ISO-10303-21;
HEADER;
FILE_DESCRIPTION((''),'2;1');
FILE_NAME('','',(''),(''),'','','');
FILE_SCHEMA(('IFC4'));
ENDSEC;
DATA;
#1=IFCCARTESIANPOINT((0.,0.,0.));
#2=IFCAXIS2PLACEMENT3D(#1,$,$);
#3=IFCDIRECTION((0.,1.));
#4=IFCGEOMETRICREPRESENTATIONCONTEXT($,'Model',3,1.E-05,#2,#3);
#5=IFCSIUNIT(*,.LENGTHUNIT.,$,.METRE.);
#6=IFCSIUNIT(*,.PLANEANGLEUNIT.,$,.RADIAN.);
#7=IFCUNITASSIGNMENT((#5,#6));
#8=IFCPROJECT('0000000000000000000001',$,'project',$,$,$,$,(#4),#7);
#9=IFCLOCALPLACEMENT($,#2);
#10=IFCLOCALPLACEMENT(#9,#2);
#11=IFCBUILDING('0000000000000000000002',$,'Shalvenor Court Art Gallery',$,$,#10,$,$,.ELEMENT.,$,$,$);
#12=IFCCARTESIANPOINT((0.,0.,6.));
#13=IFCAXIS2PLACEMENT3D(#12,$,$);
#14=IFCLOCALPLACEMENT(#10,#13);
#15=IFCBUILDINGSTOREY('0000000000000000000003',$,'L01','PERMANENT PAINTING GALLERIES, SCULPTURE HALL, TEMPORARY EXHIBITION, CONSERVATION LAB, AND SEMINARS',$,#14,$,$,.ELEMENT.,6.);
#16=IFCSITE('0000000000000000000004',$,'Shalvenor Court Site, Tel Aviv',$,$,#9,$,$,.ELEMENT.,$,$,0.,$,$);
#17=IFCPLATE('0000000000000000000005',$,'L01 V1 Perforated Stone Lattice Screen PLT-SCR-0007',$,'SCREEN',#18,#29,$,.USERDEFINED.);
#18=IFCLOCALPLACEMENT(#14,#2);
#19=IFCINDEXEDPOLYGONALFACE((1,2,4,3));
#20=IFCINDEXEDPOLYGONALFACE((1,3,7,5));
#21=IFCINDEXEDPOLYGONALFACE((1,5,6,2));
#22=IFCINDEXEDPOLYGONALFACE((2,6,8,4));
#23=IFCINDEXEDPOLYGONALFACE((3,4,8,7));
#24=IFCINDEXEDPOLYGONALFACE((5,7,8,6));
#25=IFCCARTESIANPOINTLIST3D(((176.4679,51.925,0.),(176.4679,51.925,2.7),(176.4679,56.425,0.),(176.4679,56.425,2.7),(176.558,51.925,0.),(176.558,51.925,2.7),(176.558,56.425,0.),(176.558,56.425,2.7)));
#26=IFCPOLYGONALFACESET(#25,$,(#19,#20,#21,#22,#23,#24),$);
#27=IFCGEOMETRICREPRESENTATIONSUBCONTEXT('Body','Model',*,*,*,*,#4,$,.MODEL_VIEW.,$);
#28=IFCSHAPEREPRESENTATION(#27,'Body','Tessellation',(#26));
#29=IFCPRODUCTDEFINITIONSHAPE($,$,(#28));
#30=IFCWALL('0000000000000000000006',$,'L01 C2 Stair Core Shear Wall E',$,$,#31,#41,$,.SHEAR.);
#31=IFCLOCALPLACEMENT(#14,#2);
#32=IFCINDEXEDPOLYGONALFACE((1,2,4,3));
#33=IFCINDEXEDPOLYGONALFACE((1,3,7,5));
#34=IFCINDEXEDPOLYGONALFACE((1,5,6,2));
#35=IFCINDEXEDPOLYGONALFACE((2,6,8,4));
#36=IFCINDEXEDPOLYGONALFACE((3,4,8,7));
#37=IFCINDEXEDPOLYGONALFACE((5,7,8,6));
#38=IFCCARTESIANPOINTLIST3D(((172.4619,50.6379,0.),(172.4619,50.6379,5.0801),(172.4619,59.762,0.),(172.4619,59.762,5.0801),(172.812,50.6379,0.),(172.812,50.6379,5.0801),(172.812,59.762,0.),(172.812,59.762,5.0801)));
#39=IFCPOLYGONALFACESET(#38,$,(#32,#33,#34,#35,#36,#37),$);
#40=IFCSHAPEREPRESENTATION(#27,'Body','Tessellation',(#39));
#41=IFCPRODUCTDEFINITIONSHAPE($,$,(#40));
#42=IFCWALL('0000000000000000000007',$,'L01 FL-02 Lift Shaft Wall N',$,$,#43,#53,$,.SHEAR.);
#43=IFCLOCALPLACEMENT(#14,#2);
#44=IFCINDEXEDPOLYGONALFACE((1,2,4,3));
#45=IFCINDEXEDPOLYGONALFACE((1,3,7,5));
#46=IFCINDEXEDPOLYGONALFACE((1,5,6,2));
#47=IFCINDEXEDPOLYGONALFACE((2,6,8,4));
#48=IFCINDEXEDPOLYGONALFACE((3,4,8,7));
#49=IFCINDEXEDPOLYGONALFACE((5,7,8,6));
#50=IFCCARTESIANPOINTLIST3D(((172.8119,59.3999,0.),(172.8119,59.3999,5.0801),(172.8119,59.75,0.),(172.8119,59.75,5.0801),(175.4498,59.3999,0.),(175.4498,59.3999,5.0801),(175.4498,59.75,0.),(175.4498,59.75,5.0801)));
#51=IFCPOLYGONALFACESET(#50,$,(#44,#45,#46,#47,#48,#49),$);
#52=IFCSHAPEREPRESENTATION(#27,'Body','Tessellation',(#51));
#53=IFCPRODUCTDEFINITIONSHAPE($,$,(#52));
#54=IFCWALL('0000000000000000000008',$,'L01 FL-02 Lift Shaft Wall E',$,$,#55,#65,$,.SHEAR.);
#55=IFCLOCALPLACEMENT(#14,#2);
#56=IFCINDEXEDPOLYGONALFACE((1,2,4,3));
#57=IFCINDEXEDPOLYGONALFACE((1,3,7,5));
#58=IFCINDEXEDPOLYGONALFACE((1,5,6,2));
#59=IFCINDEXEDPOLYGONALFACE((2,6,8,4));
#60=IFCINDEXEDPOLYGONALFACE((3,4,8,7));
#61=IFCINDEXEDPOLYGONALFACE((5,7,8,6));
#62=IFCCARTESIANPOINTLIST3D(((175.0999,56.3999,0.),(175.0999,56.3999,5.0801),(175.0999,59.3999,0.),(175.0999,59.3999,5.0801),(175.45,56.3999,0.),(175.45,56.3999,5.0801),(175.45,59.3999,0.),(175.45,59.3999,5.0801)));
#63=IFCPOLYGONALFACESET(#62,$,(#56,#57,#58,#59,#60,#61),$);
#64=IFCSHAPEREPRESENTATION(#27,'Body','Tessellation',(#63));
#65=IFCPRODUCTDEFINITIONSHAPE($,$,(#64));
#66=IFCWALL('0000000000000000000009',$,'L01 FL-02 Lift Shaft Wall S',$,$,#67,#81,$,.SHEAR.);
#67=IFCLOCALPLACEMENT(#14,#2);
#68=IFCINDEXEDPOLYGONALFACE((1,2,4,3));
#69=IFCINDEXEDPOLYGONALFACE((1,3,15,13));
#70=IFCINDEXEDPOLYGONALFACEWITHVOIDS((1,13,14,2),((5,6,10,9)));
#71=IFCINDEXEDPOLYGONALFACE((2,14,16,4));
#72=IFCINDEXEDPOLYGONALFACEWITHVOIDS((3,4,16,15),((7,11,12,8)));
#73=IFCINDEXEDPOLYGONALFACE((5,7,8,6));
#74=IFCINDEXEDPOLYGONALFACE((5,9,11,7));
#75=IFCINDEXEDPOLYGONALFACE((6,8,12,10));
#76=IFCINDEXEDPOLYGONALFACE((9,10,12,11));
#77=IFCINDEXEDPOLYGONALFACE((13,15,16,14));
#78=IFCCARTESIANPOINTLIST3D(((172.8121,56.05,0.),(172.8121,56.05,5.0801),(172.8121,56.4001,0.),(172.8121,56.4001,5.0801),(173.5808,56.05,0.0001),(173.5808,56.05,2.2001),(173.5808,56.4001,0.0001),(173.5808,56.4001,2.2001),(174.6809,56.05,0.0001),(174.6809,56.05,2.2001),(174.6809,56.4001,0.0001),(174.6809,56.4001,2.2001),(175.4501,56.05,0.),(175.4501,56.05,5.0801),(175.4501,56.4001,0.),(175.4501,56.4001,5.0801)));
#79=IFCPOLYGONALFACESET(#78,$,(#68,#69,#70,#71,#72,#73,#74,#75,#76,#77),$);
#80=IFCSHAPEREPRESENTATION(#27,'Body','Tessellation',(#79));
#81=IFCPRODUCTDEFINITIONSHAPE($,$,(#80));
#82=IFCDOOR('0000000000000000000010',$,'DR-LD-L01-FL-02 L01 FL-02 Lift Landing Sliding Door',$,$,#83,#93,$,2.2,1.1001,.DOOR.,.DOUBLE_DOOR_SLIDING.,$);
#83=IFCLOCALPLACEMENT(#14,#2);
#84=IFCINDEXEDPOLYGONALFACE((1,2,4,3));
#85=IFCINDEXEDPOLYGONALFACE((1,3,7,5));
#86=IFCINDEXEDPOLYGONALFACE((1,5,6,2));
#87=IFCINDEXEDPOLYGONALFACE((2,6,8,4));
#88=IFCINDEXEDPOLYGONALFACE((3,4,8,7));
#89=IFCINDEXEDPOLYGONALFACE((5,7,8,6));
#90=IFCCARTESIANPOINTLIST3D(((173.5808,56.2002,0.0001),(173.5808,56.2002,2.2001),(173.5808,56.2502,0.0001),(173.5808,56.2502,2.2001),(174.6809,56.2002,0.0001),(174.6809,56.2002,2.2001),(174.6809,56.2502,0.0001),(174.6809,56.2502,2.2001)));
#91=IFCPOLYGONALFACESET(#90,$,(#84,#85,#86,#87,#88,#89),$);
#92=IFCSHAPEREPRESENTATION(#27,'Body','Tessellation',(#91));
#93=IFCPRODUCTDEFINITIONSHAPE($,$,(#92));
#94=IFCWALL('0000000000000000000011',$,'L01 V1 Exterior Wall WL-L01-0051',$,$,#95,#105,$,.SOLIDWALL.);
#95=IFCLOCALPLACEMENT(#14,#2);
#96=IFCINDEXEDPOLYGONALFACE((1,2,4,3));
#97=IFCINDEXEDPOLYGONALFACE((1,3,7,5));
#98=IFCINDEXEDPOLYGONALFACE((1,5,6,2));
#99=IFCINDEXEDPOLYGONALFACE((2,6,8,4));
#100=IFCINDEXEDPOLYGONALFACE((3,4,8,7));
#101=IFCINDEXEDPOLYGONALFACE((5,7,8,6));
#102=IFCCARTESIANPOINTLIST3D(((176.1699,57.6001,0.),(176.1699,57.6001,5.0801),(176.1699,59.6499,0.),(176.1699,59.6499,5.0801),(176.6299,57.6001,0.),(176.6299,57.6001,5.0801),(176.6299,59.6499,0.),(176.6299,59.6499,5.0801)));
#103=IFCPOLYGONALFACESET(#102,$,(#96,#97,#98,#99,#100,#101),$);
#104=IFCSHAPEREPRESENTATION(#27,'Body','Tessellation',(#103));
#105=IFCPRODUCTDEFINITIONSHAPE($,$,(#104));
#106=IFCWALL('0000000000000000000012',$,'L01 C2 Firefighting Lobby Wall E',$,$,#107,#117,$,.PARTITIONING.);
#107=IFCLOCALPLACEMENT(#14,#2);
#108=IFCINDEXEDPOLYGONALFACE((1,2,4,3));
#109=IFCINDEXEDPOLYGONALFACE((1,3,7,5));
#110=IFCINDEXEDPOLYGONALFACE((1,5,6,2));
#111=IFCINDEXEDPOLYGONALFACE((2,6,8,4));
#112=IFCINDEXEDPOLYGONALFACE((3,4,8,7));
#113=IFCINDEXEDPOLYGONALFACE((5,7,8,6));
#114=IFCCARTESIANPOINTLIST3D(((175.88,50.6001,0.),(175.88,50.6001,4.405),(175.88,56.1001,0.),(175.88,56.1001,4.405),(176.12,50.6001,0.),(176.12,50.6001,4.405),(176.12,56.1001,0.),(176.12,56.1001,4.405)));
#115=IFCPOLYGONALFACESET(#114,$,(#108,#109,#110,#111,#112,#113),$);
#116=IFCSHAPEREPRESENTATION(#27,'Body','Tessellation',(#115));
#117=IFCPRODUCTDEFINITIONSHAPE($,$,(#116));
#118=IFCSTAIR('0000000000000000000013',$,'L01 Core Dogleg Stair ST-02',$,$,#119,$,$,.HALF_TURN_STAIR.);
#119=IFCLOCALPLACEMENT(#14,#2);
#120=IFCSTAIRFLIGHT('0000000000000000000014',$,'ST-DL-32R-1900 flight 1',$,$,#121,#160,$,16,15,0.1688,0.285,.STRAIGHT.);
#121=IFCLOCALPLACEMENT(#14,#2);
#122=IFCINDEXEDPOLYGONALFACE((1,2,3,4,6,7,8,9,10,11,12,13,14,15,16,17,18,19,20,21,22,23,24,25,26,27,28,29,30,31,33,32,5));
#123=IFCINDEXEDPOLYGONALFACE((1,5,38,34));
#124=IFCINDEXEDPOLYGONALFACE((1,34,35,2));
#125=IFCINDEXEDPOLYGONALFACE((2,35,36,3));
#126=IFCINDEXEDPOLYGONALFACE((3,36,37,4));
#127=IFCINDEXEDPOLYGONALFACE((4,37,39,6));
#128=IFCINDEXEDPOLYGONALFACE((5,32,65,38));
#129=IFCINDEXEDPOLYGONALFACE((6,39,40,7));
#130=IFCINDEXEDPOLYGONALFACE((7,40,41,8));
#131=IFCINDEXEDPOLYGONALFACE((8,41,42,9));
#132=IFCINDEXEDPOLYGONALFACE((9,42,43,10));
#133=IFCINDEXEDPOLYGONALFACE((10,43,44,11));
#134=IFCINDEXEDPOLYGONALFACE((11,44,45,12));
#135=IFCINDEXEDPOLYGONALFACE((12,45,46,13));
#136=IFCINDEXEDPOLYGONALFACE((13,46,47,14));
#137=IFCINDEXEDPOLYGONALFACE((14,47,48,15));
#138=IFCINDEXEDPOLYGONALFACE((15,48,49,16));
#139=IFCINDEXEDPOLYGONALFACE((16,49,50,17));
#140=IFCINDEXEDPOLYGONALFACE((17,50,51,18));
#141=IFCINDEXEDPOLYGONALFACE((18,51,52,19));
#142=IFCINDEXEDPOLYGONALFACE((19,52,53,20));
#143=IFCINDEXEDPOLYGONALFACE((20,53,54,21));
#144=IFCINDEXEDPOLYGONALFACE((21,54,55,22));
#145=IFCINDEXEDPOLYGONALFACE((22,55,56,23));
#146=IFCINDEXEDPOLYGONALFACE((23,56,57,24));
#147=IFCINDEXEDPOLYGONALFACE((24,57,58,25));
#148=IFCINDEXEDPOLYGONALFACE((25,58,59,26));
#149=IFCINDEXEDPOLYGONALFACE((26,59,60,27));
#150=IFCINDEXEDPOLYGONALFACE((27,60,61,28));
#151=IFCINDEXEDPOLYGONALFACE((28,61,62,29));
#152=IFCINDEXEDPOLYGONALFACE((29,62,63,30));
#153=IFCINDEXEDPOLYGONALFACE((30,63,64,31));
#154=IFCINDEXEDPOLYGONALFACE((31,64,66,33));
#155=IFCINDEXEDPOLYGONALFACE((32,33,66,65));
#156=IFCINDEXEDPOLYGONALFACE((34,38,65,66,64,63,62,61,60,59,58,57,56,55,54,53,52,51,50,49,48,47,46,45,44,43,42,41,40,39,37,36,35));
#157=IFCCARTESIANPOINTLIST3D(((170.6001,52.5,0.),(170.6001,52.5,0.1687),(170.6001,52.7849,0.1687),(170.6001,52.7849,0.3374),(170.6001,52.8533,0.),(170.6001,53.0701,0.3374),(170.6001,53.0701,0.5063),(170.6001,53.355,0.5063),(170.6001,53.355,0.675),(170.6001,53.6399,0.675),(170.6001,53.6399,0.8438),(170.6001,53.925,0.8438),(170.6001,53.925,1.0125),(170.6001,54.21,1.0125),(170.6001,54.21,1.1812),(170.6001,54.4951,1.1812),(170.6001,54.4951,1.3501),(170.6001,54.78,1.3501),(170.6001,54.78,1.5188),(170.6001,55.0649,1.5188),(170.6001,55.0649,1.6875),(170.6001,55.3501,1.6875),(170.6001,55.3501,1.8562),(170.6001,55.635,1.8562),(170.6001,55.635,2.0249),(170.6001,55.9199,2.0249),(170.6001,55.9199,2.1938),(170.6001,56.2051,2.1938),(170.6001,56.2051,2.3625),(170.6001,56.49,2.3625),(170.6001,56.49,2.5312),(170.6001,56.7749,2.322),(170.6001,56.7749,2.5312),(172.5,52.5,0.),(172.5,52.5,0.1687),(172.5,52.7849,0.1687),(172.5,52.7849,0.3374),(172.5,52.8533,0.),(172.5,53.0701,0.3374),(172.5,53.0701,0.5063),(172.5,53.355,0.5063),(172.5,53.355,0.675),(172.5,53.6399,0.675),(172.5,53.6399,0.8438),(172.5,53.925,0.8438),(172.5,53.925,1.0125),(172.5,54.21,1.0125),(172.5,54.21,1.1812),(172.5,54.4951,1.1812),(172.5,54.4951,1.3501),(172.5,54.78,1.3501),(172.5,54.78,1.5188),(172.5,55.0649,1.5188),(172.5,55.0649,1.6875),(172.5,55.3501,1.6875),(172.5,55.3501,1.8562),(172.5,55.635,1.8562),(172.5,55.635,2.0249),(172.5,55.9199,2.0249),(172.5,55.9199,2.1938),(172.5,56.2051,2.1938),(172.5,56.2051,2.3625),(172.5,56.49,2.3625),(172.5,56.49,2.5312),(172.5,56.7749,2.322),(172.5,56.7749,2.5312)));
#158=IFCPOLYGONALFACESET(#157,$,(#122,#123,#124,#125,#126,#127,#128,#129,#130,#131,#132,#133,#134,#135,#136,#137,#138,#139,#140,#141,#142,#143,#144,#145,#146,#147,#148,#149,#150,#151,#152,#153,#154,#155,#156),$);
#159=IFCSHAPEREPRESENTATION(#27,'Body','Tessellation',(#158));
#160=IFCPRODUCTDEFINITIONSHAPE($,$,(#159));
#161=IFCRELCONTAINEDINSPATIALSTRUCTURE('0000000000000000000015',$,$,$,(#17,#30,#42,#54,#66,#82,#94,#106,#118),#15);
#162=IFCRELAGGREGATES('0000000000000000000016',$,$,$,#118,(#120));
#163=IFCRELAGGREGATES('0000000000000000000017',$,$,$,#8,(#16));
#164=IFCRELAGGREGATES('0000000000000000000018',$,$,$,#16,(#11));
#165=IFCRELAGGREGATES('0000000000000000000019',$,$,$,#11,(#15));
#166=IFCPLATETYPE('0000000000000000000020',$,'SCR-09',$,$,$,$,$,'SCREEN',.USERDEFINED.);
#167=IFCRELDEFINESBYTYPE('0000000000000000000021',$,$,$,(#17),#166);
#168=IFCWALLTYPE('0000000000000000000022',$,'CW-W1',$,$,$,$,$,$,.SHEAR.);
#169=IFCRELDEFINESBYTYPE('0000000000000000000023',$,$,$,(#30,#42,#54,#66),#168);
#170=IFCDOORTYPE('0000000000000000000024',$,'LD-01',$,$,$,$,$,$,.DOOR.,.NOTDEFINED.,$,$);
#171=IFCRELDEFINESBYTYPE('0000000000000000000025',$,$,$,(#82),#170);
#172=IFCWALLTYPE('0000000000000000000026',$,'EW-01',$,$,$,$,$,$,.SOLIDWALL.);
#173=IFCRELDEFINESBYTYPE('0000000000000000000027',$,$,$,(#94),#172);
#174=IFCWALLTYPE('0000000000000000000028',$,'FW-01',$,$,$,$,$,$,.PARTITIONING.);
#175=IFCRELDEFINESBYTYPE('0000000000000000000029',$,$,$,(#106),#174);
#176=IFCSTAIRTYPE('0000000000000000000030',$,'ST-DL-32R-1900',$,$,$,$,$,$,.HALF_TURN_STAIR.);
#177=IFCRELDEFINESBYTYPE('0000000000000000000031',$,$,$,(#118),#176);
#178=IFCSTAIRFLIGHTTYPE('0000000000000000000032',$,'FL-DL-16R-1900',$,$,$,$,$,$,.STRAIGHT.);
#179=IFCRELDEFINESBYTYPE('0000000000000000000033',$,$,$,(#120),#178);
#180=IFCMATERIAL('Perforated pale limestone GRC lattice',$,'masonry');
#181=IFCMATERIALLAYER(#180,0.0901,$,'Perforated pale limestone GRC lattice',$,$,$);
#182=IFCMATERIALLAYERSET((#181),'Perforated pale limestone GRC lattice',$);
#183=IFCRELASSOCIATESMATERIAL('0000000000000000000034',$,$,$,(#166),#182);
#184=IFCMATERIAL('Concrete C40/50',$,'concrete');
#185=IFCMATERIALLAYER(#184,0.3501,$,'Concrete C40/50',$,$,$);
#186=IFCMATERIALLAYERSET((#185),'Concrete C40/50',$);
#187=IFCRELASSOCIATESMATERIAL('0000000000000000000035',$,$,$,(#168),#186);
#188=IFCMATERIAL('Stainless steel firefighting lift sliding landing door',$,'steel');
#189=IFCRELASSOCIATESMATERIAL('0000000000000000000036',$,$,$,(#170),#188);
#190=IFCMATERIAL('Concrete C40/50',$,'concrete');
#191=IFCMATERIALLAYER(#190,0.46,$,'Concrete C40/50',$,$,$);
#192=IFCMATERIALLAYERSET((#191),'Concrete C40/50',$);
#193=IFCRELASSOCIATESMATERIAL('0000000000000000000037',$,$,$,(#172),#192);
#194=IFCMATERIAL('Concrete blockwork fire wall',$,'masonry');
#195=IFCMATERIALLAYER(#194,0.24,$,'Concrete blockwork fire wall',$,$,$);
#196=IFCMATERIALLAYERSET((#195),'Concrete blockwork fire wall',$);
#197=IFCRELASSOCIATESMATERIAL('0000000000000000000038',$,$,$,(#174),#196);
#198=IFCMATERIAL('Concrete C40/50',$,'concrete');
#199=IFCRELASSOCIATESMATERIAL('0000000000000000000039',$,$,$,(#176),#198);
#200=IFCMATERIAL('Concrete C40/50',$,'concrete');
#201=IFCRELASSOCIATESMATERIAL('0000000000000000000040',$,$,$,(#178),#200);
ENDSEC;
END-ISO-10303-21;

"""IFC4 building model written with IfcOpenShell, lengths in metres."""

from ifc_helpers import new_model, si_unit, direction, frame, frame_2d, origin, origin_2d, place, context, subcontext, project, spatial, polyline, rectangle, outline, extrude, material, layer, layer_set, type_object, element, fill, aggregate, save


model = new_model("IFC4")

# Units and contexts
model_context = context("Model", 3, precision=1e-05, world=origin(), true_north=direction((0.0, 1.0)))
body_context = subcontext(model_context, "Body", "Model", "MODEL_VIEW")
ifc_project = project(units=[si_unit("LENGTHUNIT", "METRE"), si_unit("PLANEANGLEUNIT", "RADIAN")], contexts=[model_context])

# Site, building, storey
site_placement = place(None, origin())
site = spatial("IfcSite", under=ifc_project, at=site_placement, Name="Shalvenor Court Site, Tel Aviv", CompositionType="ELEMENT", RefElevation=0.0)
building_placement = place(site_placement, origin())
building = spatial("IfcBuilding", under=site, at=building_placement, Name="Shalvenor Court Art Gallery", CompositionType="ELEMENT")
storey_placement = place(building_placement, frame((0.0, 0.0, 6.0)))
storey = spatial("IfcBuildingStorey", under=building, at=storey_placement, Name="L01", Description="PERMANENT PAINTING GALLERIES, SCULPTURE HALL, TEMPORARY EXHIBITION, CONSERVATION LAB, AND SEMINARS", CompositionType="ELEMENT", Elevation=6.0)

# Plate
ifc_material_1 = material(Name="Perforated pale limestone GRC lattice", Category="masonry")
ifc_layer_1 = layer(ifc_material_1, 0.0901, Name="Perforated pale limestone GRC lattice")
ifc_layer_set_1 = layer_set([ifc_layer_1], Name="Perforated pale limestone GRC lattice")
plate_type_1 = type_object("IfcPlateType", Name="SCR-09", ElementType="SCREEN", PredefinedType="USERDEFINED", material=ifc_layer_set_1)
plate_1_placement = place(storey_placement, frame((176.5129, 54.175, 0.0), z_axis=(0.0, 0.0, 1.0), x_axis=(0.0, -1.0, 0.0)))
element("IfcPlate", 1, at=plate_1_placement, inside=storey, type_object=plate_type_1, Name="L01 V1 Perforated Stone Lattice Screen PLT-SCR-0007", ObjectType="SCREEN", PredefinedType="USERDEFINED", context=body_context, shape_type="SweptSolid", body=[
    extrude(rectangle(XDim=4.5, YDim=0.0901, at=origin_2d()), origin(), (0.0, 0.0, 1.0), 2.7),
])

# Walls
ifc_material_2 = material(Name="Concrete C40/50", Category="concrete")
ifc_layer_2 = layer(ifc_material_2, 0.3501, Name="Concrete C40/50")
ifc_layer_set_2 = layer_set([ifc_layer_2], Name="Concrete C40/50")
wall_type_1 = type_object("IfcWallType", Name="CW-W1", PredefinedType="SHEAR", material=ifc_layer_set_2)
wall_1_placement = place(storey_placement, frame((172.637, 59.762, 0.0), z_axis=(0.0, 0.0, 1.0), x_axis=(0.0, -1.0, 0.0)))
element("IfcWall", 2, at=wall_1_placement, inside=storey, type_object=wall_type_1, Name="L01 C2 Stair Core Shear Wall E", PredefinedType="SHEAR", context=body_context, shape_type="SweptSolid", body=[
    extrude(rectangle(XDim=9.124, YDim=0.3501, at=frame_2d((4.562, 0.0))), origin(), (0.0, 0.0, 1.0), 5.0801),
])
wall_2_placement = place(storey_placement, frame((172.812, 59.575, 0.0), z_axis=(0.0, 0.0, 1.0), x_axis=(1.0, 0.0, 0.0)))
element("IfcWall", 3, at=wall_2_placement, inside=storey, type_object=wall_type_1, Name="L01 FL-02 Lift Shaft Wall N", PredefinedType="SHEAR", context=body_context, shape_type="SweptSolid", body=[
    extrude(rectangle(XDim=2.6379, YDim=0.3501, at=frame_2d((1.3188, 0.0))), origin(), (0.0, 0.0, 1.0), 5.0801),
])
wall_3_placement = place(storey_placement, frame((175.2749, 59.3999, 0.0), z_axis=(0.0, 0.0, 1.0), x_axis=(0.0, -1.0, 0.0)))
element("IfcWall", 4, at=wall_3_placement, inside=storey, type_object=wall_type_1, Name="L01 FL-02 Lift Shaft Wall E", PredefinedType="SHEAR", context=body_context, shape_type="SweptSolid", body=[
    extrude(rectangle(XDim=3.0, YDim=0.3501, at=frame_2d((1.5, 0.0))), origin(), (0.0, 0.0, 1.0), 5.0801),
])

# Wall, opening, door
wall_4_placement = place(storey_placement, frame((175.45, 56.2251, 0.0), z_axis=(0.0, 0.0, 1.0), x_axis=(-1.0, 0.0, 0.0)))
wall_4 = element("IfcWall", 5, at=wall_4_placement, inside=storey, type_object=wall_type_1, Name="L01 FL-02 Lift Shaft Wall S", PredefinedType="SHEAR", context=body_context, shape_type="SweptSolid", body=[
    extrude(rectangle(XDim=2.6379, YDim=0.3501, at=frame_2d((1.3188, 0.0))), origin(), (0.0, 0.0, 1.0), 5.0801),
])
opening_placement = place(wall_4_placement, frame((0.769, 0.0, 0.0)))
opening = element("IfcOpeningElement", 6, at=opening_placement, cuts=wall_4, PredefinedType="OPENING", context=body_context, shape_type="SweptSolid", body=[
    extrude(rectangle(XDim=1.1001, YDim=2.2, at=frame_2d((0.55, 1.1001))), frame((0.0, 0.1851, 0.0), z_axis=(0.0, -1.0, 0.0), x_axis=(1.0, 0.0, 0.0)), (0.0, 0.0, 1.0), 0.3701),
])
ifc_material_3 = material(Name="Stainless steel firefighting lift sliding landing door", Category="steel")
door_type = type_object("IfcDoorType", Name="LD-01", OperationType="NOTDEFINED", PredefinedType="DOOR", material=ifc_material_3)
door_placement = place(opening_placement, origin())
door = element("IfcDoor", 7, at=door_placement, inside=storey, type_object=door_type, Name="DR-LD-L01-FL-02 L01 FL-02 Lift Landing Sliding Door", OperationType="DOUBLE_DOOR_SLIDING", OverallHeight=2.2, OverallWidth=1.1001, PredefinedType="DOOR", context=body_context, shape_type="SweptSolid", body=[
    extrude(rectangle(XDim=1.1001, YDim=2.2, at=frame_2d((0.55, 1.1001))), frame((0.0, 0.0249, 0.0), z_axis=(0.0, -1.0, 0.0), x_axis=(1.0, 0.0, 0.0)), (0.0, 0.0, 1.0), 0.05),
])
fill(opening, door)

# Walls
ifc_material_4 = material(Name="Concrete C40/50", Category="concrete")
ifc_layer_3 = layer(ifc_material_4, 0.46, Name="Concrete C40/50")
ifc_layer_set_3 = layer_set([ifc_layer_3], Name="Concrete C40/50")
wall_type_2 = type_object("IfcWallType", Name="EW-01", PredefinedType="SOLIDWALL", material=ifc_layer_set_3)
wall_5_placement = place(storey_placement, frame((176.3999, 59.6499, 0.0), z_axis=(0.0, 0.0, 1.0), x_axis=(0.0, -1.0, 0.0)))
element("IfcWall", 8, at=wall_5_placement, inside=storey, type_object=wall_type_2, Name="L01 V1 Exterior Wall WL-L01-0051", PredefinedType="SOLIDWALL", context=body_context, shape_type="SweptSolid", body=[
    extrude(rectangle(XDim=2.0498, YDim=0.46, at=frame_2d((1.0249, 0.0))), origin(), (0.0, 0.0, 1.0), 5.0801),
])
ifc_material_5 = material(Name="Concrete blockwork fire wall", Category="masonry")
ifc_layer_4 = layer(ifc_material_5, 0.24, Name="Concrete blockwork fire wall")
ifc_layer_set_4 = layer_set([ifc_layer_4], Name="Concrete blockwork fire wall")
wall_type_3 = type_object("IfcWallType", Name="FW-01", PredefinedType="PARTITIONING", material=ifc_layer_set_4)
wall_6_placement = place(storey_placement, frame((176.0, 56.1001, 0.0), z_axis=(0.0, 0.0, 1.0), x_axis=(0.0, -1.0, 0.0)))
element("IfcWall", 9, at=wall_6_placement, inside=storey, type_object=wall_type_3, Name="L01 C2 Firefighting Lobby Wall E", PredefinedType="PARTITIONING", context=body_context, shape_type="SweptSolid", body=[
    extrude(rectangle(XDim=5.5, YDim=0.24, at=frame_2d((2.75, 0.0))), origin(), (0.0, 0.0, 1.0), 4.405),
])

# Stair, stair flight
ifc_material_6 = material(Name="Concrete C40/50", Category="concrete")
stair_type = type_object("IfcStairType", Name="ST-DL-32R-1900", PredefinedType="HALF_TURN_STAIR", material=ifc_material_6)
stair_placement = place(storey_placement, origin())
stair = element("IfcStair", 10, at=stair_placement, inside=storey, type_object=stair_type, Name="L01 Core Dogleg Stair ST-02", PredefinedType="HALF_TURN_STAIR")
ifc_material_7 = material(Name="Concrete C40/50", Category="concrete")
stair_flight_type = type_object("IfcStairFlightType", Name="FL-DL-16R-1900", PredefinedType="STRAIGHT", material=ifc_material_7)
stair_flight_1_placement = place(storey_placement, frame((171.55, 52.5, 0.0), z_axis=(0.0, 0.0, 1.0), x_axis=(0.0, 1.0, 0.0)))
stair_flight_1 = element("IfcStairFlight", 11, at=stair_flight_1_placement, type_object=stair_flight_type, Name="ST-DL-32R-1900 flight 1", NumberOfRisers=16, NumberOfTreads=15, PredefinedType="STRAIGHT", RiserHeight=0.1688, TreadLength=0.285, context=body_context, shape_type="SweptSolid", body=[
    extrude(outline(polyline([(0.0, 0.0), (0.0, 0.1687), (0.2849, 0.1687), (0.2849, 0.3374), (0.5701, 0.3374), (0.5701, 0.5063), (0.855, 0.5063), (0.855, 0.675), (1.1399, 0.675), (1.1399, 0.8438), (1.425, 0.8438), (1.425, 1.0125), (1.71, 1.0125), (1.71, 1.1812), (1.9951, 1.1812), (1.9951, 1.3501), (2.28, 1.3501), (2.28, 1.5188), (2.5649, 1.5188), (2.5649, 1.6875), (2.8501, 1.6875), (2.8501, 1.8562), (3.135, 1.8562), (3.135, 2.0249), (3.4199, 2.0249), (3.4199, 2.1938), (3.7051, 2.1938), (3.7051, 2.3625), (3.99, 2.3625), (3.99, 2.5312), (4.2749, 2.5312), (4.2749, 2.7), (4.2749, 2.322), (0.3533, 0.0), (0.0, 0.0)])), frame((0.0, 0.95, 0.0), z_axis=(0.0, -1.0, 0.0), x_axis=(1.0, 0.0, 0.0)), (0.0, 0.0, 1.0), 1.8999),
])
aggregate(stair, [stair_flight_1])

save(model, "model.ifc")
